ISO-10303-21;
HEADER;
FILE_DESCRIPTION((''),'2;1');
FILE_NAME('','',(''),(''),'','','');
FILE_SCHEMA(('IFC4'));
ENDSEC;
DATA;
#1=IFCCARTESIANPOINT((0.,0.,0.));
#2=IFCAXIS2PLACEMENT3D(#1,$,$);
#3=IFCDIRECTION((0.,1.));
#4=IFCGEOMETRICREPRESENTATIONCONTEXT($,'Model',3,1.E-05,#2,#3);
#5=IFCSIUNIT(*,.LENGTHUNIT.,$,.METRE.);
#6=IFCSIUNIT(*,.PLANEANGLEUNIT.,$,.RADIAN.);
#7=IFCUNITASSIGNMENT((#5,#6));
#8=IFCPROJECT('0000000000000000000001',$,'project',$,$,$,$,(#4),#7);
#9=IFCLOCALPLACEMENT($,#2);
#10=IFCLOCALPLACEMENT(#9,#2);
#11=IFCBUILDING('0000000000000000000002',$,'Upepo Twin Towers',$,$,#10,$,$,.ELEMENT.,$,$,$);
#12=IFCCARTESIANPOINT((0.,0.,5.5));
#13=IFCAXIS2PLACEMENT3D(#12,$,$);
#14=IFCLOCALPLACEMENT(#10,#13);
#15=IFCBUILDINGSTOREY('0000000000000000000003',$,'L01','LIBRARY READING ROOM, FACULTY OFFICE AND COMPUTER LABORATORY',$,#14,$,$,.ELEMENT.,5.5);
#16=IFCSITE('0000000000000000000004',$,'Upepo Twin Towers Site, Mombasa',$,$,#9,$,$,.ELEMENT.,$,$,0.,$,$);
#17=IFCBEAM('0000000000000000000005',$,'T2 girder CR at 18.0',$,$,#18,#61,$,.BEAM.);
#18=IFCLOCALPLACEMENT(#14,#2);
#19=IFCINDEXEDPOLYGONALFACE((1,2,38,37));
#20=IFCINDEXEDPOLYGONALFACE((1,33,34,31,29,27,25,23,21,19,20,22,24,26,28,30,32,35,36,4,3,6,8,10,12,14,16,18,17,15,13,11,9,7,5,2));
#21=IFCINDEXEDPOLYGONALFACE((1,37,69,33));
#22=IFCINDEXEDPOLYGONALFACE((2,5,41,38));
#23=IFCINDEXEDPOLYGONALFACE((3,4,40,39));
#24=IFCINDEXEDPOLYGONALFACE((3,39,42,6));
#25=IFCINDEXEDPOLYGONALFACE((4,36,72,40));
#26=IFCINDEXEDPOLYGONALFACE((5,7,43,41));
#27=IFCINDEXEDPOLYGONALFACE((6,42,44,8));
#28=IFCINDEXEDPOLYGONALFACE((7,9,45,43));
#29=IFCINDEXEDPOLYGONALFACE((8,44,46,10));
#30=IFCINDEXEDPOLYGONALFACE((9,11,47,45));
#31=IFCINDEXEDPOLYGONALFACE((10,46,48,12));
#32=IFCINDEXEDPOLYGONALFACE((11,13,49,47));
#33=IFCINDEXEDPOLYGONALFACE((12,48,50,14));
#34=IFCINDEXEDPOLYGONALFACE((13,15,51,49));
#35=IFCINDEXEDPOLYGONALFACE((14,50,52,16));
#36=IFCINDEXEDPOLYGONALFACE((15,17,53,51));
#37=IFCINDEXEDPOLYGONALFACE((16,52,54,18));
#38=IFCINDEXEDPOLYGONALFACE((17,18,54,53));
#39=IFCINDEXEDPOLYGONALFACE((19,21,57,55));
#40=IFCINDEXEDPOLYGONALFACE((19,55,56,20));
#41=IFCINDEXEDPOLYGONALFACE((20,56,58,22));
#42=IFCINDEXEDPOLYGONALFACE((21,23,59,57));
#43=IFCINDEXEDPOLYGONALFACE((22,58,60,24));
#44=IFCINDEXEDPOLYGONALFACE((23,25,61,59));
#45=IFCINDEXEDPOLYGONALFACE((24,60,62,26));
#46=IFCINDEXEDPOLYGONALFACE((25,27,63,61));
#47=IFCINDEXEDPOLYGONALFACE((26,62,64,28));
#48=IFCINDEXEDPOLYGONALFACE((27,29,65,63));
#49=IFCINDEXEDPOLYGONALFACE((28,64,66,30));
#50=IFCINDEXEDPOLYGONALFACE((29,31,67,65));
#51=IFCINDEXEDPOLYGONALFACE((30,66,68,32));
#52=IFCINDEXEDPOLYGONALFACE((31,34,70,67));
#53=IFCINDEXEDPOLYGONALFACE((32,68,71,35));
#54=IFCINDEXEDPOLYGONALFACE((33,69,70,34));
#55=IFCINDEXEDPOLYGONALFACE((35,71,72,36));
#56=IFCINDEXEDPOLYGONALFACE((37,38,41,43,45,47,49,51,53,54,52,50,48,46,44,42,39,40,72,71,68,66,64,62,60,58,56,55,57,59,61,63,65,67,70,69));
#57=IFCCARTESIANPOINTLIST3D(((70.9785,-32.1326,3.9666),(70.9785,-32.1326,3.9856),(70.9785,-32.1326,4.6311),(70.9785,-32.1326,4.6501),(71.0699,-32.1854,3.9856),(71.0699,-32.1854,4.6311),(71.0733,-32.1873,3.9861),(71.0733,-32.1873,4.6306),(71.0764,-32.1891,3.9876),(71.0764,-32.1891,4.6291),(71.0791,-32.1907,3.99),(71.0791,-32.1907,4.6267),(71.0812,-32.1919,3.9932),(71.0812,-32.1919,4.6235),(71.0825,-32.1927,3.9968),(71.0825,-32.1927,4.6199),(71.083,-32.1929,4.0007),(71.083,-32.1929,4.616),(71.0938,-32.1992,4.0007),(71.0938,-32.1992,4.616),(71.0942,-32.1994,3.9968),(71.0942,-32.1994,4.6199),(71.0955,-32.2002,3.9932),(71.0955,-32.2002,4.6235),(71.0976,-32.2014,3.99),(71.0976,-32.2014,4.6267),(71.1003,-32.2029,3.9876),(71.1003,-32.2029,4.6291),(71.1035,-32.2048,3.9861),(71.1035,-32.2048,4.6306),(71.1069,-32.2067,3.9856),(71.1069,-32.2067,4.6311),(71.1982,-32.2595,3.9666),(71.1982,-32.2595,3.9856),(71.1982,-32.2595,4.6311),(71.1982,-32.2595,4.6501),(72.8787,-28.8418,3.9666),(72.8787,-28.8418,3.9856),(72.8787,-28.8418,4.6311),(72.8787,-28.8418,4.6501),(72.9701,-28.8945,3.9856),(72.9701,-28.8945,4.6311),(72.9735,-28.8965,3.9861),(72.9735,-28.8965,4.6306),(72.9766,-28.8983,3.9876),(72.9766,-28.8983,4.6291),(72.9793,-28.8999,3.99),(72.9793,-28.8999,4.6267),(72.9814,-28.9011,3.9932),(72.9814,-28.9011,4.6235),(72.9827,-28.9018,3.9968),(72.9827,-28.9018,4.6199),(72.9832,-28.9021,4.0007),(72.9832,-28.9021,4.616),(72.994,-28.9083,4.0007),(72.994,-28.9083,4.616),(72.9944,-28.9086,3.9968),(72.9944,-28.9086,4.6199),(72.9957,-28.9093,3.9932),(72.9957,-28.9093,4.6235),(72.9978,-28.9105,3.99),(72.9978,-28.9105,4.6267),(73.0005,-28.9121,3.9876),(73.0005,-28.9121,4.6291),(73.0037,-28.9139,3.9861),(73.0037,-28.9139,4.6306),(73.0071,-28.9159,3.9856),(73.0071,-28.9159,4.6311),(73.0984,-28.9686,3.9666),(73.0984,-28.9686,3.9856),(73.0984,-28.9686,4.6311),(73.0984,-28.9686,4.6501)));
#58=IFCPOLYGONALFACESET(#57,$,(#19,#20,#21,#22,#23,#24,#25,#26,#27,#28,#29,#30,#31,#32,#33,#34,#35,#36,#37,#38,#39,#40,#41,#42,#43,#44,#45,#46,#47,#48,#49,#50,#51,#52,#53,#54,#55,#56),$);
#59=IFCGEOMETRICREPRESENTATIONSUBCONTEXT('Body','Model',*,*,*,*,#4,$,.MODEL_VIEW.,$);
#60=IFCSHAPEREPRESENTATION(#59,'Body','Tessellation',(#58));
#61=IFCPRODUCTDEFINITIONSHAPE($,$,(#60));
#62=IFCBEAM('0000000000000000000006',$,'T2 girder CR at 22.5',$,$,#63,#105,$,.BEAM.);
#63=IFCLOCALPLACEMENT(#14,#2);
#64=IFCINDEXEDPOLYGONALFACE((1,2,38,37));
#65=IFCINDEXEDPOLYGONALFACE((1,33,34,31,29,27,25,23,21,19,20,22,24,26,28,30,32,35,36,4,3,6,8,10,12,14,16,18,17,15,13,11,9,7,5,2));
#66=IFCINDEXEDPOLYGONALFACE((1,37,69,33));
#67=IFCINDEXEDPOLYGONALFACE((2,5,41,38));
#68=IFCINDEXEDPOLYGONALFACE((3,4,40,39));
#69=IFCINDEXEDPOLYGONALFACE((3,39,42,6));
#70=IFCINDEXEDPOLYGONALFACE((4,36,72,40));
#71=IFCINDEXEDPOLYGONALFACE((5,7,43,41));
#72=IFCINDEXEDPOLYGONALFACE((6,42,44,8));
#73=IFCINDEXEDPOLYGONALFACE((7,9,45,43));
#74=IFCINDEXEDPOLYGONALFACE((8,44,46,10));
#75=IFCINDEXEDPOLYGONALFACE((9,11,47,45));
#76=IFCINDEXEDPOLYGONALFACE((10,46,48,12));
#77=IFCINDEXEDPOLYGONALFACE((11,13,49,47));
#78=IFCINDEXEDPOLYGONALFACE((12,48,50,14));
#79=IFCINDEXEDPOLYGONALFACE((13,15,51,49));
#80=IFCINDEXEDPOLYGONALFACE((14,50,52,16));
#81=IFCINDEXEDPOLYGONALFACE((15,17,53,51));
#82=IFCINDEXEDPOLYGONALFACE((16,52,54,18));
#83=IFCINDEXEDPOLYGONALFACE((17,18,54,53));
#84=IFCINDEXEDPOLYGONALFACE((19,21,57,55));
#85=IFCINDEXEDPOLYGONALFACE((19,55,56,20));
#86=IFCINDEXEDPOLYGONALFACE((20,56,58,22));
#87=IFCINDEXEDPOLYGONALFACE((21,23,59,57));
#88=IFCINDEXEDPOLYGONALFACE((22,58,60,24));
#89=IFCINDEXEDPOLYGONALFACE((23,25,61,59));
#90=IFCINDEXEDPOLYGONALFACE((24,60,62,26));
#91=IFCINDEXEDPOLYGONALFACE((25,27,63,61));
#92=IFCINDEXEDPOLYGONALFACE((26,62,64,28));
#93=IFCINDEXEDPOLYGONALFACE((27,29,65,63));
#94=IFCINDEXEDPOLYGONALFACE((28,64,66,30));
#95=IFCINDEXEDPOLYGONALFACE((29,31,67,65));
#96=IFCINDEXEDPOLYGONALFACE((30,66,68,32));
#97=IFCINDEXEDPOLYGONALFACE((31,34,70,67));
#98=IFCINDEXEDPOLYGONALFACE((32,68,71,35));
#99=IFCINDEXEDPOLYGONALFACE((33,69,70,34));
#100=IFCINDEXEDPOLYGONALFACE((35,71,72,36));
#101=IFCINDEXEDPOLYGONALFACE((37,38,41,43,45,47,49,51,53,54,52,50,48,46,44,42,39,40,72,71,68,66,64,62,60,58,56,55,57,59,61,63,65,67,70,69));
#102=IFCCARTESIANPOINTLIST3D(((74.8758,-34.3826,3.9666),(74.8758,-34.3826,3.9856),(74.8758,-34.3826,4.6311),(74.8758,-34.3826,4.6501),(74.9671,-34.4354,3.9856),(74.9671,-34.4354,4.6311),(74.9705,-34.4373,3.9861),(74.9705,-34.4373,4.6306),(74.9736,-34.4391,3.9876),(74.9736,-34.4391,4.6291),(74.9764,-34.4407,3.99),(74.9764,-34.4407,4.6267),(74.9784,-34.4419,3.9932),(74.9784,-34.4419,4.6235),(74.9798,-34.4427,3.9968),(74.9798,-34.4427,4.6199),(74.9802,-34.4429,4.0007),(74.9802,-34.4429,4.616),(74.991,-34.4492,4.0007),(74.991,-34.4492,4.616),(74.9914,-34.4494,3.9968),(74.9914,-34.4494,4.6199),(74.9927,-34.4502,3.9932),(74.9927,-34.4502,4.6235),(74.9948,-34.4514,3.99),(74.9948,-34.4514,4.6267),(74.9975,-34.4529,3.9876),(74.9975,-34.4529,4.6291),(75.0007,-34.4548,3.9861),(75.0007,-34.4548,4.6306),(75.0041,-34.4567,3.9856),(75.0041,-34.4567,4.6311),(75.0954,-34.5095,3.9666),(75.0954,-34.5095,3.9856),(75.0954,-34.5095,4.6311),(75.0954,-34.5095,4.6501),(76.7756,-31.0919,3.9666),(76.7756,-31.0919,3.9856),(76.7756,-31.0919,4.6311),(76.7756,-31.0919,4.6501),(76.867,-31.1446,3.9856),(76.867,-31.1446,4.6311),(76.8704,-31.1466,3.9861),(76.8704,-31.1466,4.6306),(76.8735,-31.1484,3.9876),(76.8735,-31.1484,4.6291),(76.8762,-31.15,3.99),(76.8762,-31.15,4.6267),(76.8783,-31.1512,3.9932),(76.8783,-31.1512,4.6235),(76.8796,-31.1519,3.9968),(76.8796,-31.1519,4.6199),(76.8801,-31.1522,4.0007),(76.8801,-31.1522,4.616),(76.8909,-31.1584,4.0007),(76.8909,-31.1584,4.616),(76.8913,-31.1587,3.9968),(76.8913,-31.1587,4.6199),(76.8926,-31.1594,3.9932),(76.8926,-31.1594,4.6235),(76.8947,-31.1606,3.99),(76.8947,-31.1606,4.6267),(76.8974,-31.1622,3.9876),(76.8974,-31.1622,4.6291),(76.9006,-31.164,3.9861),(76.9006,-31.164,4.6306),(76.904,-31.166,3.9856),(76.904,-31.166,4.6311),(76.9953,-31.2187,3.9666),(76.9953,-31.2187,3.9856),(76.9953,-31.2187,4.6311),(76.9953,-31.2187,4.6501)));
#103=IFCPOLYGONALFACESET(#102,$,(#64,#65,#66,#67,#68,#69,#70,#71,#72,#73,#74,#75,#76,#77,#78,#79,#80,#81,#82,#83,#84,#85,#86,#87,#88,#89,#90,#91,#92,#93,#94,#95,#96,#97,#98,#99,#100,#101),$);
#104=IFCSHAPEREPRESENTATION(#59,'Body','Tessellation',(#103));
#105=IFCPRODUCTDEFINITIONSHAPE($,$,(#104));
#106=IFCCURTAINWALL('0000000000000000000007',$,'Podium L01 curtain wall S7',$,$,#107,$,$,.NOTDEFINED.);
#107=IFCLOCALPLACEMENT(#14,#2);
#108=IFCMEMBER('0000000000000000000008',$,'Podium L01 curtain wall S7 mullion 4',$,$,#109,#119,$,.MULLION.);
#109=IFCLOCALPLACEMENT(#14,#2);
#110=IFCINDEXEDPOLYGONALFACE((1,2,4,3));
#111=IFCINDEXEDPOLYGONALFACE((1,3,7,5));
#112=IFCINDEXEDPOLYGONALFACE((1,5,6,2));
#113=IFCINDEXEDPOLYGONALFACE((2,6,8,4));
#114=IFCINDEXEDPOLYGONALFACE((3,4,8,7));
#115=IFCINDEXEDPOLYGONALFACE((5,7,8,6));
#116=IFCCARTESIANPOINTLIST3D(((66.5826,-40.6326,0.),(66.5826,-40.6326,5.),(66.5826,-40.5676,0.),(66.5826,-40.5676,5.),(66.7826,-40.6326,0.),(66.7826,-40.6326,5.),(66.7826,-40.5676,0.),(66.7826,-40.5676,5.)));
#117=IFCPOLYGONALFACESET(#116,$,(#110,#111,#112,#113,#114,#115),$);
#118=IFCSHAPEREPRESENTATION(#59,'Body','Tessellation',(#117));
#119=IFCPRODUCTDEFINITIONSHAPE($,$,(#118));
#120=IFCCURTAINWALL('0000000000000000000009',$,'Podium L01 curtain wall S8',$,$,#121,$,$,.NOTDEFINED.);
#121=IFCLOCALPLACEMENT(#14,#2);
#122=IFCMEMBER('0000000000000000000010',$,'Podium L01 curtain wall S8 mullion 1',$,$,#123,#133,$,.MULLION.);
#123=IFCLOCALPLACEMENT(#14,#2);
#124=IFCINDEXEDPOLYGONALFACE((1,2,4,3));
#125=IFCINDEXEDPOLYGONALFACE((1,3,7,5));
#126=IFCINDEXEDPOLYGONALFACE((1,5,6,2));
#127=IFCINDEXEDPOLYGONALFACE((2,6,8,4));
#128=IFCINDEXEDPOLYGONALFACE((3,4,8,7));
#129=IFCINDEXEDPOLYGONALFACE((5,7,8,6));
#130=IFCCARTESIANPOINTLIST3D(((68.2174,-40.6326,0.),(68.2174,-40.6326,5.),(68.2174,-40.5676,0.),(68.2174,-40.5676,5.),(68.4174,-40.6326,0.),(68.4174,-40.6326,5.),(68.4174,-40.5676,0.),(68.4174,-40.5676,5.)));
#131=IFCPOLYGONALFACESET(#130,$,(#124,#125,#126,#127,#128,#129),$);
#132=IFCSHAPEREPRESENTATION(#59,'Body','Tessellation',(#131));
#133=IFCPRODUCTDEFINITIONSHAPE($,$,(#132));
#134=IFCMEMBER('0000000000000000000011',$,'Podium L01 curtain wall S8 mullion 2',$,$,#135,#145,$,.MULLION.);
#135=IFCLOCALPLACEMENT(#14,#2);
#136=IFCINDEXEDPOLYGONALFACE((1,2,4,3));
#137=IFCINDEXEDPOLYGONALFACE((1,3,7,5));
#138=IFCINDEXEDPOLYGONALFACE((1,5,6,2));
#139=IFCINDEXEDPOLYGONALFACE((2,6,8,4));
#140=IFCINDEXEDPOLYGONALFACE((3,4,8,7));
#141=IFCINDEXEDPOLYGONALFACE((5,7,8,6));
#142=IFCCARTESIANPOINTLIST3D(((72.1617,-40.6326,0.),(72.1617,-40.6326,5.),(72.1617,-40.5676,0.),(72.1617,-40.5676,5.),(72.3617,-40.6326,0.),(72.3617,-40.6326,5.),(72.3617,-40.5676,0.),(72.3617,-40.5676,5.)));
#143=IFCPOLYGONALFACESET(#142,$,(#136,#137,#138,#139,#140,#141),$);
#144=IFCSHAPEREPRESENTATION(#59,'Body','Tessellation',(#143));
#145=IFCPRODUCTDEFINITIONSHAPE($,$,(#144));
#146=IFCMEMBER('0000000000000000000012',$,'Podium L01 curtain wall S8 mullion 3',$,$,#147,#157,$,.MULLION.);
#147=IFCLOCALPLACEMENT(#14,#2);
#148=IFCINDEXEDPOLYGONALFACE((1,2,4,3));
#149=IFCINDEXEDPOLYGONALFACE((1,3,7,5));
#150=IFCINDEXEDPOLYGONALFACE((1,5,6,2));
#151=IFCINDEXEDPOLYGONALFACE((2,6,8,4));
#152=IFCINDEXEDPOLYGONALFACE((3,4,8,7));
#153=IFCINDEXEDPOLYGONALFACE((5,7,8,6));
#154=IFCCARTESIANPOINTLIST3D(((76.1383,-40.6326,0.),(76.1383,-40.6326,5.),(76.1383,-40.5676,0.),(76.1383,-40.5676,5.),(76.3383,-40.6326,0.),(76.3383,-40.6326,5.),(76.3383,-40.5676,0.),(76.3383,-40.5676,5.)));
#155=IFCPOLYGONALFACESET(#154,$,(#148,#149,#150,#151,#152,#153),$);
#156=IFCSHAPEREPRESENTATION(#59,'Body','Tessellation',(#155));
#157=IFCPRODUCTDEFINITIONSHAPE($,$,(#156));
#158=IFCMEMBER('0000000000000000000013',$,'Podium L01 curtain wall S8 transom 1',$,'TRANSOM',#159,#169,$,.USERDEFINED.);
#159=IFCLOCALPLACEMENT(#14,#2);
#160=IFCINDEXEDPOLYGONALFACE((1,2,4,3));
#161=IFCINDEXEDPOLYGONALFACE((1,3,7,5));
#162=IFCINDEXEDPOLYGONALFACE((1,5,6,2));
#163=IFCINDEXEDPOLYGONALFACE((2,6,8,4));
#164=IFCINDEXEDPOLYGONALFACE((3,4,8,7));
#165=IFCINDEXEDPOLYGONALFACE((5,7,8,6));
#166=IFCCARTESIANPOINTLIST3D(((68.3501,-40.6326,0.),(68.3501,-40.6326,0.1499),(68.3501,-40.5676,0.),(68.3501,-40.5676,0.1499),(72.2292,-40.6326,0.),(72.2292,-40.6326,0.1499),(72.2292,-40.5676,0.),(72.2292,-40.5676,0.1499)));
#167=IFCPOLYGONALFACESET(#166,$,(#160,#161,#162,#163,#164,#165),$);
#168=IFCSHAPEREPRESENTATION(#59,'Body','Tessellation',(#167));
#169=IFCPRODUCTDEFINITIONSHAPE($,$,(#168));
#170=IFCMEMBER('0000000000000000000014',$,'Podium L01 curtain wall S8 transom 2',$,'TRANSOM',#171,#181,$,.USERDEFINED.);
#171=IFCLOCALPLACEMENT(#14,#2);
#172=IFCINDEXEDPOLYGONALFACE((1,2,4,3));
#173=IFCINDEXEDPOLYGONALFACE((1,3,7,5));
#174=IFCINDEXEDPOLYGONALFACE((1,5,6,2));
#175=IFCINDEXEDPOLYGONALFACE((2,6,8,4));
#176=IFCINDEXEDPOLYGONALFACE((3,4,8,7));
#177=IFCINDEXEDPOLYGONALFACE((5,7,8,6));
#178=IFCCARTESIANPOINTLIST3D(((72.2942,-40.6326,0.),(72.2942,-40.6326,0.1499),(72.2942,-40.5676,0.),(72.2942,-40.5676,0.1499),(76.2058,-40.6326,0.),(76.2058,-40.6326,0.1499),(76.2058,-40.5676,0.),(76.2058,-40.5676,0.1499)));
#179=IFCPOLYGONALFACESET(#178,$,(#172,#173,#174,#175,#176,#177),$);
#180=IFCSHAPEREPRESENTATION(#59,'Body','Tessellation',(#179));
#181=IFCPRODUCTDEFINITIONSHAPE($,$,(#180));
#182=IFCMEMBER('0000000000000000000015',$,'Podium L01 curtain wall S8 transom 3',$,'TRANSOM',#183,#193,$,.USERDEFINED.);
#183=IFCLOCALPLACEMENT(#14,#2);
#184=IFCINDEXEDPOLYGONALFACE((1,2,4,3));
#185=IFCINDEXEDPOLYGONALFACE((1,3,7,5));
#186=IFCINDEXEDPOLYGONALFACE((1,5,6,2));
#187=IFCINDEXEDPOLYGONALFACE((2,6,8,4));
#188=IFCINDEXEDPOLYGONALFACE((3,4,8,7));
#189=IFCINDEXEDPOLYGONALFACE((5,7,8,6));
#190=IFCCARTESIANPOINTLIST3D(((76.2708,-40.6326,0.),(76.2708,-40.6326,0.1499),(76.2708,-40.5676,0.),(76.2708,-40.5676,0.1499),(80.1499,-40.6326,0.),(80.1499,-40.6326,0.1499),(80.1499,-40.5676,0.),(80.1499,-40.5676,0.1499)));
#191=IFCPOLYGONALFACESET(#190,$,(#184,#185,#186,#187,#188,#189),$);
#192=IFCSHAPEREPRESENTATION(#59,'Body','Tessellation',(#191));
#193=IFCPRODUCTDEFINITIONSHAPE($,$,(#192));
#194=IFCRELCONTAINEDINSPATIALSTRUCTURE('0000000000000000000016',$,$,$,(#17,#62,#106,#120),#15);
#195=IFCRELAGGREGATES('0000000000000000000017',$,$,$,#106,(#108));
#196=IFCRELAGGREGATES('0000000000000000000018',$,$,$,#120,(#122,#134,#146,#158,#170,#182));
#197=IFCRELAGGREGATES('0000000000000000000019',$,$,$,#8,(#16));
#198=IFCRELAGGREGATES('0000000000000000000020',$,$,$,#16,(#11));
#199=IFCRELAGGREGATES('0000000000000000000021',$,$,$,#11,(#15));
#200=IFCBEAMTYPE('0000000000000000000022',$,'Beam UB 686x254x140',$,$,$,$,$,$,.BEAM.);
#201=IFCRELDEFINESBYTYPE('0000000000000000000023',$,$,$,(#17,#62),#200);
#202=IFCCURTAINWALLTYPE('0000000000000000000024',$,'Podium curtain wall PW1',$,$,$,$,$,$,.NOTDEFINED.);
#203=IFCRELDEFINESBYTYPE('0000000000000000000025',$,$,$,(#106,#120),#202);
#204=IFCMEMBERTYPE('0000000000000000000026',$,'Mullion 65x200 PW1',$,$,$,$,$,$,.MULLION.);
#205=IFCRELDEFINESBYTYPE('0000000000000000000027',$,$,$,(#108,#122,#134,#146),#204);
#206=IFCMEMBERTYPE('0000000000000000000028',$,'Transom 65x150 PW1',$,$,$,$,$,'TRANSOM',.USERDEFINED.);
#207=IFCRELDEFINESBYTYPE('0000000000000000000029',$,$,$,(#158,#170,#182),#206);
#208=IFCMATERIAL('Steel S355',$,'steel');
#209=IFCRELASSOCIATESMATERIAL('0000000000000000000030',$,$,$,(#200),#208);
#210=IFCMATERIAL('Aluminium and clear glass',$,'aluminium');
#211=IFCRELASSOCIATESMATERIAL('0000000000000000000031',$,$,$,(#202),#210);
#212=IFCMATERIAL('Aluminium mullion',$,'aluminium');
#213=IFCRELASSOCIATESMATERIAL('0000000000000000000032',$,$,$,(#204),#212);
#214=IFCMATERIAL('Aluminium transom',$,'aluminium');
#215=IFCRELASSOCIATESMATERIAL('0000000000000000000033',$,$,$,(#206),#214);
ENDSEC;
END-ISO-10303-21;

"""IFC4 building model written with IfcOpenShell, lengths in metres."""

from ifc_helpers import new_model, si_unit, direction, frame, origin, origin_2d, place, context, subcontext, project, spatial, rectangle, i_section, extrude, material, material_profile, profile_set, type_object, element, aggregate, save


model = new_model("IFC4")

# Units and contexts
model_context = context("Model", 3, precision=1e-05, world=origin(), true_north=direction((0.0, 1.0)))
body_context = subcontext(model_context, "Body", "Model", "MODEL_VIEW")
ifc_project = project(units=[si_unit("LENGTHUNIT", "METRE"), si_unit("PLANEANGLEUNIT", "RADIAN")], contexts=[model_context])

# Site, building, storey
site_placement = place(None, origin())
site = spatial("IfcSite", under=ifc_project, at=site_placement, Name="Upepo Twin Towers Site, Mombasa", CompositionType="ELEMENT", RefElevation=0.0)
building_placement = place(site_placement, origin())
building = spatial("IfcBuilding", under=site, at=building_placement, Name="Upepo Twin Towers", CompositionType="ELEMENT")
storey_placement = place(building_placement, frame((0.0, 0.0, 5.5)))
storey = spatial("IfcBuildingStorey", under=building, at=storey_placement, Name="L01", Description="LIBRARY READING ROOM, FACULTY OFFICE AND COMPUTER LABORATORY", CompositionType="ELEMENT", Elevation=5.5)

# Beams
ifc_material_1 = material(Name="Steel S355", Category="steel")
ifc_material_profile_1 = material_profile(ifc_material_1, i_section(OverallWidth=0.2537, OverallDepth=0.6836, WebThickness=0.0125, FlangeThickness=0.019, FilletRadius=0.0151, at=origin_2d()), Name="UB 686x254x140")
ifc_profile_set_1 = profile_set([ifc_material_profile_1], Name="Steel S355")
beam_type_1 = type_object("IfcBeamType", Name="Beam UB 686x254x140", PredefinedType="BEAM", material=ifc_profile_set_1)
beam_1_placement = place(storey_placement, frame((71.0884, -32.196, 4.3083), z_axis=(0.500043, 0.866, 0.0), x_axis=(-0.866, 0.500043, 0.0)))
element("IfcBeam", 1, at=beam_1_placement, inside=storey, type_object=beam_type_1, Name="T2 girder CR at 18.0", PredefinedType="BEAM", context=body_context, shape_type="SweptSolid", body=[
    extrude(i_section(OverallWidth=0.2537, OverallDepth=0.6836, WebThickness=0.0125, FlangeThickness=0.019, FilletRadius=0.0151, at=origin_2d()), origin(), (0.0, 0.0, 1.0), 3.8),
])
beam_2_placement = place(storey_placement, frame((74.9856, -34.446, 4.3083), z_axis=(0.499995, 0.866028, 0.0), x_axis=(-0.866028, 0.499995, 0.0)))
element("IfcBeam", 2, at=beam_2_placement, inside=storey, type_object=beam_type_1, Name="T2 girder CR at 22.5", PredefinedType="BEAM", context=body_context, shape_type="SweptSolid", body=[
    extrude(i_section(OverallWidth=0.2537, OverallDepth=0.6836, WebThickness=0.0125, FlangeThickness=0.019, FilletRadius=0.0151, at=origin_2d()), origin(), (0.0, 0.0, 1.0), 3.7998),
])

# Curtain wall, member
ifc_material_2 = material(Name="Aluminium and clear glass", Category="aluminium")
curtain_wall_type = type_object("IfcCurtainWallType", Name="Podium curtain wall PW1", PredefinedType="NOTDEFINED", material=ifc_material_2)
curtain_wall_1_placement = place(storey_placement, origin())
curtain_wall_1 = element("IfcCurtainWall", 3, at=curtain_wall_1_placement, inside=storey, type_object=curtain_wall_type, Name="Podium L01 curtain wall S7", PredefinedType="NOTDEFINED")
ifc_material_3 = material(Name="Aluminium mullion", Category="aluminium")
ifc_material_profile_2 = material_profile(ifc_material_3, rectangle(XDim=0.0649, YDim=0.2, at=origin_2d()), Name="MULLION 65x200 PODIUM")
ifc_profile_set_2 = profile_set([ifc_material_profile_2], Name="Aluminium mullion")
member_type_1 = type_object("IfcMemberType", Name="Mullion 65x200 PW1", PredefinedType="MULLION", material=ifc_profile_set_2)
member_1_placement = place(storey_placement, frame((66.6826, -40.6001, 0.0), z_axis=(0.0, 0.0, 1.0), x_axis=(0.0, 1.0, 0.0)))
member_1 = element("IfcMember", 4, at=member_1_placement, type_object=member_type_1, Name="Podium L01 curtain wall S7 mullion 4", PredefinedType="MULLION", context=body_context, shape_type="SweptSolid", body=[
    extrude(rectangle(XDim=0.0649, YDim=0.2, at=origin_2d()), origin(), (0.0, 0.0, 1.0), 5.0),
])
aggregate(curtain_wall_1, [member_1])

# Curtain wall, members
curtain_wall_2_placement = place(storey_placement, origin())
curtain_wall_2 = element("IfcCurtainWall", 5, at=curtain_wall_2_placement, inside=storey, type_object=curtain_wall_type, Name="Podium L01 curtain wall S8", PredefinedType="NOTDEFINED")
member_2_placement = place(storey_placement, frame((68.3174, -40.6001, 0.0), z_axis=(0.0, 0.0, 1.0), x_axis=(0.0, 1.0, 0.0)))
member_2 = element("IfcMember", 6, at=member_2_placement, type_object=member_type_1, Name="Podium L01 curtain wall S8 mullion 1", PredefinedType="MULLION", context=body_context, shape_type="SweptSolid", body=[
    extrude(rectangle(XDim=0.0649, YDim=0.2, at=origin_2d()), origin(), (0.0, 0.0, 1.0), 5.0),
])
member_3_placement = place(storey_placement, frame((72.2617, -40.6001, 0.0), z_axis=(0.0, 0.0, 1.0), x_axis=(0.0, 1.0, 0.0)))
member_3 = element("IfcMember", 7, at=member_3_placement, type_object=member_type_1, Name="Podium L01 curtain wall S8 mullion 2", PredefinedType="MULLION", context=body_context, shape_type="SweptSolid", body=[
    extrude(rectangle(XDim=0.0649, YDim=0.2, at=origin_2d()), origin(), (0.0, 0.0, 1.0), 5.0),
])
member_4_placement = place(storey_placement, frame((76.2383, -40.6001, 0.0), z_axis=(0.0, 0.0, 1.0), x_axis=(0.0, 1.0, 0.0)))
member_4 = element("IfcMember", 8, at=member_4_placement, type_object=member_type_1, Name="Podium L01 curtain wall S8 mullion 3", PredefinedType="MULLION", context=body_context, shape_type="SweptSolid", body=[
    extrude(rectangle(XDim=0.0649, YDim=0.2, at=origin_2d()), origin(), (0.0, 0.0, 1.0), 5.0),
])
ifc_material_4 = material(Name="Aluminium transom", Category="aluminium")
ifc_material_profile_3 = material_profile(ifc_material_4, rectangle(XDim=0.0649, YDim=0.1499, at=origin_2d()), Name="TRANSOM 65x150 PODIUM")
ifc_profile_set_3 = profile_set([ifc_material_profile_3], Name="Aluminium transom")
member_type_2 = type_object("IfcMemberType", Name="Transom 65x150 PW1", ElementType="TRANSOM", PredefinedType="USERDEFINED", material=ifc_profile_set_3)
member_5_placement = place(storey_placement, frame((68.3501, -40.6001, 0.075), z_axis=(1.0, 0.0, 0.0), x_axis=(0.0, 1.0, 0.0)))
member_5 = element("IfcMember", 9, at=member_5_placement, type_object=member_type_2, Name="Podium L01 curtain wall S8 transom 1", ObjectType="TRANSOM", PredefinedType="USERDEFINED", context=body_context, shape_type="SweptSolid", body=[
    extrude(rectangle(XDim=0.0649, YDim=0.1499, at=origin_2d()), origin(), (0.0, 0.0, 1.0), 3.8792),
])
member_6_placement = place(storey_placement, frame((72.2942, -40.6001, 0.075), z_axis=(1.0, 0.0, 0.0), x_axis=(0.0, 1.0, 0.0)))
member_6 = element("IfcMember", 10, at=member_6_placement, type_object=member_type_2, Name="Podium L01 curtain wall S8 transom 2", ObjectType="TRANSOM", PredefinedType="USERDEFINED", context=body_context, shape_type="SweptSolid", body=[
    extrude(rectangle(XDim=0.0649, YDim=0.1499, at=origin_2d()), origin(), (0.0, 0.0, 1.0), 3.9116),
])
member_7_placement = place(storey_placement, frame((76.2708, -40.6001, 0.075), z_axis=(1.0, 0.0, 0.0), x_axis=(0.0, 1.0, 0.0)))
member_7 = element("IfcMember", 11, at=member_7_placement, type_object=member_type_2, Name="Podium L01 curtain wall S8 transom 3", ObjectType="TRANSOM", PredefinedType="USERDEFINED", context=body_context, shape_type="SweptSolid", body=[
    extrude(rectangle(XDim=0.0649, YDim=0.1499, at=origin_2d()), origin(), (0.0, 0.0, 1.0), 3.8792),
])
aggregate(curtain_wall_2, [member_2, member_3, member_4, member_5, member_6, member_7])

save(model, "model.ifc")
